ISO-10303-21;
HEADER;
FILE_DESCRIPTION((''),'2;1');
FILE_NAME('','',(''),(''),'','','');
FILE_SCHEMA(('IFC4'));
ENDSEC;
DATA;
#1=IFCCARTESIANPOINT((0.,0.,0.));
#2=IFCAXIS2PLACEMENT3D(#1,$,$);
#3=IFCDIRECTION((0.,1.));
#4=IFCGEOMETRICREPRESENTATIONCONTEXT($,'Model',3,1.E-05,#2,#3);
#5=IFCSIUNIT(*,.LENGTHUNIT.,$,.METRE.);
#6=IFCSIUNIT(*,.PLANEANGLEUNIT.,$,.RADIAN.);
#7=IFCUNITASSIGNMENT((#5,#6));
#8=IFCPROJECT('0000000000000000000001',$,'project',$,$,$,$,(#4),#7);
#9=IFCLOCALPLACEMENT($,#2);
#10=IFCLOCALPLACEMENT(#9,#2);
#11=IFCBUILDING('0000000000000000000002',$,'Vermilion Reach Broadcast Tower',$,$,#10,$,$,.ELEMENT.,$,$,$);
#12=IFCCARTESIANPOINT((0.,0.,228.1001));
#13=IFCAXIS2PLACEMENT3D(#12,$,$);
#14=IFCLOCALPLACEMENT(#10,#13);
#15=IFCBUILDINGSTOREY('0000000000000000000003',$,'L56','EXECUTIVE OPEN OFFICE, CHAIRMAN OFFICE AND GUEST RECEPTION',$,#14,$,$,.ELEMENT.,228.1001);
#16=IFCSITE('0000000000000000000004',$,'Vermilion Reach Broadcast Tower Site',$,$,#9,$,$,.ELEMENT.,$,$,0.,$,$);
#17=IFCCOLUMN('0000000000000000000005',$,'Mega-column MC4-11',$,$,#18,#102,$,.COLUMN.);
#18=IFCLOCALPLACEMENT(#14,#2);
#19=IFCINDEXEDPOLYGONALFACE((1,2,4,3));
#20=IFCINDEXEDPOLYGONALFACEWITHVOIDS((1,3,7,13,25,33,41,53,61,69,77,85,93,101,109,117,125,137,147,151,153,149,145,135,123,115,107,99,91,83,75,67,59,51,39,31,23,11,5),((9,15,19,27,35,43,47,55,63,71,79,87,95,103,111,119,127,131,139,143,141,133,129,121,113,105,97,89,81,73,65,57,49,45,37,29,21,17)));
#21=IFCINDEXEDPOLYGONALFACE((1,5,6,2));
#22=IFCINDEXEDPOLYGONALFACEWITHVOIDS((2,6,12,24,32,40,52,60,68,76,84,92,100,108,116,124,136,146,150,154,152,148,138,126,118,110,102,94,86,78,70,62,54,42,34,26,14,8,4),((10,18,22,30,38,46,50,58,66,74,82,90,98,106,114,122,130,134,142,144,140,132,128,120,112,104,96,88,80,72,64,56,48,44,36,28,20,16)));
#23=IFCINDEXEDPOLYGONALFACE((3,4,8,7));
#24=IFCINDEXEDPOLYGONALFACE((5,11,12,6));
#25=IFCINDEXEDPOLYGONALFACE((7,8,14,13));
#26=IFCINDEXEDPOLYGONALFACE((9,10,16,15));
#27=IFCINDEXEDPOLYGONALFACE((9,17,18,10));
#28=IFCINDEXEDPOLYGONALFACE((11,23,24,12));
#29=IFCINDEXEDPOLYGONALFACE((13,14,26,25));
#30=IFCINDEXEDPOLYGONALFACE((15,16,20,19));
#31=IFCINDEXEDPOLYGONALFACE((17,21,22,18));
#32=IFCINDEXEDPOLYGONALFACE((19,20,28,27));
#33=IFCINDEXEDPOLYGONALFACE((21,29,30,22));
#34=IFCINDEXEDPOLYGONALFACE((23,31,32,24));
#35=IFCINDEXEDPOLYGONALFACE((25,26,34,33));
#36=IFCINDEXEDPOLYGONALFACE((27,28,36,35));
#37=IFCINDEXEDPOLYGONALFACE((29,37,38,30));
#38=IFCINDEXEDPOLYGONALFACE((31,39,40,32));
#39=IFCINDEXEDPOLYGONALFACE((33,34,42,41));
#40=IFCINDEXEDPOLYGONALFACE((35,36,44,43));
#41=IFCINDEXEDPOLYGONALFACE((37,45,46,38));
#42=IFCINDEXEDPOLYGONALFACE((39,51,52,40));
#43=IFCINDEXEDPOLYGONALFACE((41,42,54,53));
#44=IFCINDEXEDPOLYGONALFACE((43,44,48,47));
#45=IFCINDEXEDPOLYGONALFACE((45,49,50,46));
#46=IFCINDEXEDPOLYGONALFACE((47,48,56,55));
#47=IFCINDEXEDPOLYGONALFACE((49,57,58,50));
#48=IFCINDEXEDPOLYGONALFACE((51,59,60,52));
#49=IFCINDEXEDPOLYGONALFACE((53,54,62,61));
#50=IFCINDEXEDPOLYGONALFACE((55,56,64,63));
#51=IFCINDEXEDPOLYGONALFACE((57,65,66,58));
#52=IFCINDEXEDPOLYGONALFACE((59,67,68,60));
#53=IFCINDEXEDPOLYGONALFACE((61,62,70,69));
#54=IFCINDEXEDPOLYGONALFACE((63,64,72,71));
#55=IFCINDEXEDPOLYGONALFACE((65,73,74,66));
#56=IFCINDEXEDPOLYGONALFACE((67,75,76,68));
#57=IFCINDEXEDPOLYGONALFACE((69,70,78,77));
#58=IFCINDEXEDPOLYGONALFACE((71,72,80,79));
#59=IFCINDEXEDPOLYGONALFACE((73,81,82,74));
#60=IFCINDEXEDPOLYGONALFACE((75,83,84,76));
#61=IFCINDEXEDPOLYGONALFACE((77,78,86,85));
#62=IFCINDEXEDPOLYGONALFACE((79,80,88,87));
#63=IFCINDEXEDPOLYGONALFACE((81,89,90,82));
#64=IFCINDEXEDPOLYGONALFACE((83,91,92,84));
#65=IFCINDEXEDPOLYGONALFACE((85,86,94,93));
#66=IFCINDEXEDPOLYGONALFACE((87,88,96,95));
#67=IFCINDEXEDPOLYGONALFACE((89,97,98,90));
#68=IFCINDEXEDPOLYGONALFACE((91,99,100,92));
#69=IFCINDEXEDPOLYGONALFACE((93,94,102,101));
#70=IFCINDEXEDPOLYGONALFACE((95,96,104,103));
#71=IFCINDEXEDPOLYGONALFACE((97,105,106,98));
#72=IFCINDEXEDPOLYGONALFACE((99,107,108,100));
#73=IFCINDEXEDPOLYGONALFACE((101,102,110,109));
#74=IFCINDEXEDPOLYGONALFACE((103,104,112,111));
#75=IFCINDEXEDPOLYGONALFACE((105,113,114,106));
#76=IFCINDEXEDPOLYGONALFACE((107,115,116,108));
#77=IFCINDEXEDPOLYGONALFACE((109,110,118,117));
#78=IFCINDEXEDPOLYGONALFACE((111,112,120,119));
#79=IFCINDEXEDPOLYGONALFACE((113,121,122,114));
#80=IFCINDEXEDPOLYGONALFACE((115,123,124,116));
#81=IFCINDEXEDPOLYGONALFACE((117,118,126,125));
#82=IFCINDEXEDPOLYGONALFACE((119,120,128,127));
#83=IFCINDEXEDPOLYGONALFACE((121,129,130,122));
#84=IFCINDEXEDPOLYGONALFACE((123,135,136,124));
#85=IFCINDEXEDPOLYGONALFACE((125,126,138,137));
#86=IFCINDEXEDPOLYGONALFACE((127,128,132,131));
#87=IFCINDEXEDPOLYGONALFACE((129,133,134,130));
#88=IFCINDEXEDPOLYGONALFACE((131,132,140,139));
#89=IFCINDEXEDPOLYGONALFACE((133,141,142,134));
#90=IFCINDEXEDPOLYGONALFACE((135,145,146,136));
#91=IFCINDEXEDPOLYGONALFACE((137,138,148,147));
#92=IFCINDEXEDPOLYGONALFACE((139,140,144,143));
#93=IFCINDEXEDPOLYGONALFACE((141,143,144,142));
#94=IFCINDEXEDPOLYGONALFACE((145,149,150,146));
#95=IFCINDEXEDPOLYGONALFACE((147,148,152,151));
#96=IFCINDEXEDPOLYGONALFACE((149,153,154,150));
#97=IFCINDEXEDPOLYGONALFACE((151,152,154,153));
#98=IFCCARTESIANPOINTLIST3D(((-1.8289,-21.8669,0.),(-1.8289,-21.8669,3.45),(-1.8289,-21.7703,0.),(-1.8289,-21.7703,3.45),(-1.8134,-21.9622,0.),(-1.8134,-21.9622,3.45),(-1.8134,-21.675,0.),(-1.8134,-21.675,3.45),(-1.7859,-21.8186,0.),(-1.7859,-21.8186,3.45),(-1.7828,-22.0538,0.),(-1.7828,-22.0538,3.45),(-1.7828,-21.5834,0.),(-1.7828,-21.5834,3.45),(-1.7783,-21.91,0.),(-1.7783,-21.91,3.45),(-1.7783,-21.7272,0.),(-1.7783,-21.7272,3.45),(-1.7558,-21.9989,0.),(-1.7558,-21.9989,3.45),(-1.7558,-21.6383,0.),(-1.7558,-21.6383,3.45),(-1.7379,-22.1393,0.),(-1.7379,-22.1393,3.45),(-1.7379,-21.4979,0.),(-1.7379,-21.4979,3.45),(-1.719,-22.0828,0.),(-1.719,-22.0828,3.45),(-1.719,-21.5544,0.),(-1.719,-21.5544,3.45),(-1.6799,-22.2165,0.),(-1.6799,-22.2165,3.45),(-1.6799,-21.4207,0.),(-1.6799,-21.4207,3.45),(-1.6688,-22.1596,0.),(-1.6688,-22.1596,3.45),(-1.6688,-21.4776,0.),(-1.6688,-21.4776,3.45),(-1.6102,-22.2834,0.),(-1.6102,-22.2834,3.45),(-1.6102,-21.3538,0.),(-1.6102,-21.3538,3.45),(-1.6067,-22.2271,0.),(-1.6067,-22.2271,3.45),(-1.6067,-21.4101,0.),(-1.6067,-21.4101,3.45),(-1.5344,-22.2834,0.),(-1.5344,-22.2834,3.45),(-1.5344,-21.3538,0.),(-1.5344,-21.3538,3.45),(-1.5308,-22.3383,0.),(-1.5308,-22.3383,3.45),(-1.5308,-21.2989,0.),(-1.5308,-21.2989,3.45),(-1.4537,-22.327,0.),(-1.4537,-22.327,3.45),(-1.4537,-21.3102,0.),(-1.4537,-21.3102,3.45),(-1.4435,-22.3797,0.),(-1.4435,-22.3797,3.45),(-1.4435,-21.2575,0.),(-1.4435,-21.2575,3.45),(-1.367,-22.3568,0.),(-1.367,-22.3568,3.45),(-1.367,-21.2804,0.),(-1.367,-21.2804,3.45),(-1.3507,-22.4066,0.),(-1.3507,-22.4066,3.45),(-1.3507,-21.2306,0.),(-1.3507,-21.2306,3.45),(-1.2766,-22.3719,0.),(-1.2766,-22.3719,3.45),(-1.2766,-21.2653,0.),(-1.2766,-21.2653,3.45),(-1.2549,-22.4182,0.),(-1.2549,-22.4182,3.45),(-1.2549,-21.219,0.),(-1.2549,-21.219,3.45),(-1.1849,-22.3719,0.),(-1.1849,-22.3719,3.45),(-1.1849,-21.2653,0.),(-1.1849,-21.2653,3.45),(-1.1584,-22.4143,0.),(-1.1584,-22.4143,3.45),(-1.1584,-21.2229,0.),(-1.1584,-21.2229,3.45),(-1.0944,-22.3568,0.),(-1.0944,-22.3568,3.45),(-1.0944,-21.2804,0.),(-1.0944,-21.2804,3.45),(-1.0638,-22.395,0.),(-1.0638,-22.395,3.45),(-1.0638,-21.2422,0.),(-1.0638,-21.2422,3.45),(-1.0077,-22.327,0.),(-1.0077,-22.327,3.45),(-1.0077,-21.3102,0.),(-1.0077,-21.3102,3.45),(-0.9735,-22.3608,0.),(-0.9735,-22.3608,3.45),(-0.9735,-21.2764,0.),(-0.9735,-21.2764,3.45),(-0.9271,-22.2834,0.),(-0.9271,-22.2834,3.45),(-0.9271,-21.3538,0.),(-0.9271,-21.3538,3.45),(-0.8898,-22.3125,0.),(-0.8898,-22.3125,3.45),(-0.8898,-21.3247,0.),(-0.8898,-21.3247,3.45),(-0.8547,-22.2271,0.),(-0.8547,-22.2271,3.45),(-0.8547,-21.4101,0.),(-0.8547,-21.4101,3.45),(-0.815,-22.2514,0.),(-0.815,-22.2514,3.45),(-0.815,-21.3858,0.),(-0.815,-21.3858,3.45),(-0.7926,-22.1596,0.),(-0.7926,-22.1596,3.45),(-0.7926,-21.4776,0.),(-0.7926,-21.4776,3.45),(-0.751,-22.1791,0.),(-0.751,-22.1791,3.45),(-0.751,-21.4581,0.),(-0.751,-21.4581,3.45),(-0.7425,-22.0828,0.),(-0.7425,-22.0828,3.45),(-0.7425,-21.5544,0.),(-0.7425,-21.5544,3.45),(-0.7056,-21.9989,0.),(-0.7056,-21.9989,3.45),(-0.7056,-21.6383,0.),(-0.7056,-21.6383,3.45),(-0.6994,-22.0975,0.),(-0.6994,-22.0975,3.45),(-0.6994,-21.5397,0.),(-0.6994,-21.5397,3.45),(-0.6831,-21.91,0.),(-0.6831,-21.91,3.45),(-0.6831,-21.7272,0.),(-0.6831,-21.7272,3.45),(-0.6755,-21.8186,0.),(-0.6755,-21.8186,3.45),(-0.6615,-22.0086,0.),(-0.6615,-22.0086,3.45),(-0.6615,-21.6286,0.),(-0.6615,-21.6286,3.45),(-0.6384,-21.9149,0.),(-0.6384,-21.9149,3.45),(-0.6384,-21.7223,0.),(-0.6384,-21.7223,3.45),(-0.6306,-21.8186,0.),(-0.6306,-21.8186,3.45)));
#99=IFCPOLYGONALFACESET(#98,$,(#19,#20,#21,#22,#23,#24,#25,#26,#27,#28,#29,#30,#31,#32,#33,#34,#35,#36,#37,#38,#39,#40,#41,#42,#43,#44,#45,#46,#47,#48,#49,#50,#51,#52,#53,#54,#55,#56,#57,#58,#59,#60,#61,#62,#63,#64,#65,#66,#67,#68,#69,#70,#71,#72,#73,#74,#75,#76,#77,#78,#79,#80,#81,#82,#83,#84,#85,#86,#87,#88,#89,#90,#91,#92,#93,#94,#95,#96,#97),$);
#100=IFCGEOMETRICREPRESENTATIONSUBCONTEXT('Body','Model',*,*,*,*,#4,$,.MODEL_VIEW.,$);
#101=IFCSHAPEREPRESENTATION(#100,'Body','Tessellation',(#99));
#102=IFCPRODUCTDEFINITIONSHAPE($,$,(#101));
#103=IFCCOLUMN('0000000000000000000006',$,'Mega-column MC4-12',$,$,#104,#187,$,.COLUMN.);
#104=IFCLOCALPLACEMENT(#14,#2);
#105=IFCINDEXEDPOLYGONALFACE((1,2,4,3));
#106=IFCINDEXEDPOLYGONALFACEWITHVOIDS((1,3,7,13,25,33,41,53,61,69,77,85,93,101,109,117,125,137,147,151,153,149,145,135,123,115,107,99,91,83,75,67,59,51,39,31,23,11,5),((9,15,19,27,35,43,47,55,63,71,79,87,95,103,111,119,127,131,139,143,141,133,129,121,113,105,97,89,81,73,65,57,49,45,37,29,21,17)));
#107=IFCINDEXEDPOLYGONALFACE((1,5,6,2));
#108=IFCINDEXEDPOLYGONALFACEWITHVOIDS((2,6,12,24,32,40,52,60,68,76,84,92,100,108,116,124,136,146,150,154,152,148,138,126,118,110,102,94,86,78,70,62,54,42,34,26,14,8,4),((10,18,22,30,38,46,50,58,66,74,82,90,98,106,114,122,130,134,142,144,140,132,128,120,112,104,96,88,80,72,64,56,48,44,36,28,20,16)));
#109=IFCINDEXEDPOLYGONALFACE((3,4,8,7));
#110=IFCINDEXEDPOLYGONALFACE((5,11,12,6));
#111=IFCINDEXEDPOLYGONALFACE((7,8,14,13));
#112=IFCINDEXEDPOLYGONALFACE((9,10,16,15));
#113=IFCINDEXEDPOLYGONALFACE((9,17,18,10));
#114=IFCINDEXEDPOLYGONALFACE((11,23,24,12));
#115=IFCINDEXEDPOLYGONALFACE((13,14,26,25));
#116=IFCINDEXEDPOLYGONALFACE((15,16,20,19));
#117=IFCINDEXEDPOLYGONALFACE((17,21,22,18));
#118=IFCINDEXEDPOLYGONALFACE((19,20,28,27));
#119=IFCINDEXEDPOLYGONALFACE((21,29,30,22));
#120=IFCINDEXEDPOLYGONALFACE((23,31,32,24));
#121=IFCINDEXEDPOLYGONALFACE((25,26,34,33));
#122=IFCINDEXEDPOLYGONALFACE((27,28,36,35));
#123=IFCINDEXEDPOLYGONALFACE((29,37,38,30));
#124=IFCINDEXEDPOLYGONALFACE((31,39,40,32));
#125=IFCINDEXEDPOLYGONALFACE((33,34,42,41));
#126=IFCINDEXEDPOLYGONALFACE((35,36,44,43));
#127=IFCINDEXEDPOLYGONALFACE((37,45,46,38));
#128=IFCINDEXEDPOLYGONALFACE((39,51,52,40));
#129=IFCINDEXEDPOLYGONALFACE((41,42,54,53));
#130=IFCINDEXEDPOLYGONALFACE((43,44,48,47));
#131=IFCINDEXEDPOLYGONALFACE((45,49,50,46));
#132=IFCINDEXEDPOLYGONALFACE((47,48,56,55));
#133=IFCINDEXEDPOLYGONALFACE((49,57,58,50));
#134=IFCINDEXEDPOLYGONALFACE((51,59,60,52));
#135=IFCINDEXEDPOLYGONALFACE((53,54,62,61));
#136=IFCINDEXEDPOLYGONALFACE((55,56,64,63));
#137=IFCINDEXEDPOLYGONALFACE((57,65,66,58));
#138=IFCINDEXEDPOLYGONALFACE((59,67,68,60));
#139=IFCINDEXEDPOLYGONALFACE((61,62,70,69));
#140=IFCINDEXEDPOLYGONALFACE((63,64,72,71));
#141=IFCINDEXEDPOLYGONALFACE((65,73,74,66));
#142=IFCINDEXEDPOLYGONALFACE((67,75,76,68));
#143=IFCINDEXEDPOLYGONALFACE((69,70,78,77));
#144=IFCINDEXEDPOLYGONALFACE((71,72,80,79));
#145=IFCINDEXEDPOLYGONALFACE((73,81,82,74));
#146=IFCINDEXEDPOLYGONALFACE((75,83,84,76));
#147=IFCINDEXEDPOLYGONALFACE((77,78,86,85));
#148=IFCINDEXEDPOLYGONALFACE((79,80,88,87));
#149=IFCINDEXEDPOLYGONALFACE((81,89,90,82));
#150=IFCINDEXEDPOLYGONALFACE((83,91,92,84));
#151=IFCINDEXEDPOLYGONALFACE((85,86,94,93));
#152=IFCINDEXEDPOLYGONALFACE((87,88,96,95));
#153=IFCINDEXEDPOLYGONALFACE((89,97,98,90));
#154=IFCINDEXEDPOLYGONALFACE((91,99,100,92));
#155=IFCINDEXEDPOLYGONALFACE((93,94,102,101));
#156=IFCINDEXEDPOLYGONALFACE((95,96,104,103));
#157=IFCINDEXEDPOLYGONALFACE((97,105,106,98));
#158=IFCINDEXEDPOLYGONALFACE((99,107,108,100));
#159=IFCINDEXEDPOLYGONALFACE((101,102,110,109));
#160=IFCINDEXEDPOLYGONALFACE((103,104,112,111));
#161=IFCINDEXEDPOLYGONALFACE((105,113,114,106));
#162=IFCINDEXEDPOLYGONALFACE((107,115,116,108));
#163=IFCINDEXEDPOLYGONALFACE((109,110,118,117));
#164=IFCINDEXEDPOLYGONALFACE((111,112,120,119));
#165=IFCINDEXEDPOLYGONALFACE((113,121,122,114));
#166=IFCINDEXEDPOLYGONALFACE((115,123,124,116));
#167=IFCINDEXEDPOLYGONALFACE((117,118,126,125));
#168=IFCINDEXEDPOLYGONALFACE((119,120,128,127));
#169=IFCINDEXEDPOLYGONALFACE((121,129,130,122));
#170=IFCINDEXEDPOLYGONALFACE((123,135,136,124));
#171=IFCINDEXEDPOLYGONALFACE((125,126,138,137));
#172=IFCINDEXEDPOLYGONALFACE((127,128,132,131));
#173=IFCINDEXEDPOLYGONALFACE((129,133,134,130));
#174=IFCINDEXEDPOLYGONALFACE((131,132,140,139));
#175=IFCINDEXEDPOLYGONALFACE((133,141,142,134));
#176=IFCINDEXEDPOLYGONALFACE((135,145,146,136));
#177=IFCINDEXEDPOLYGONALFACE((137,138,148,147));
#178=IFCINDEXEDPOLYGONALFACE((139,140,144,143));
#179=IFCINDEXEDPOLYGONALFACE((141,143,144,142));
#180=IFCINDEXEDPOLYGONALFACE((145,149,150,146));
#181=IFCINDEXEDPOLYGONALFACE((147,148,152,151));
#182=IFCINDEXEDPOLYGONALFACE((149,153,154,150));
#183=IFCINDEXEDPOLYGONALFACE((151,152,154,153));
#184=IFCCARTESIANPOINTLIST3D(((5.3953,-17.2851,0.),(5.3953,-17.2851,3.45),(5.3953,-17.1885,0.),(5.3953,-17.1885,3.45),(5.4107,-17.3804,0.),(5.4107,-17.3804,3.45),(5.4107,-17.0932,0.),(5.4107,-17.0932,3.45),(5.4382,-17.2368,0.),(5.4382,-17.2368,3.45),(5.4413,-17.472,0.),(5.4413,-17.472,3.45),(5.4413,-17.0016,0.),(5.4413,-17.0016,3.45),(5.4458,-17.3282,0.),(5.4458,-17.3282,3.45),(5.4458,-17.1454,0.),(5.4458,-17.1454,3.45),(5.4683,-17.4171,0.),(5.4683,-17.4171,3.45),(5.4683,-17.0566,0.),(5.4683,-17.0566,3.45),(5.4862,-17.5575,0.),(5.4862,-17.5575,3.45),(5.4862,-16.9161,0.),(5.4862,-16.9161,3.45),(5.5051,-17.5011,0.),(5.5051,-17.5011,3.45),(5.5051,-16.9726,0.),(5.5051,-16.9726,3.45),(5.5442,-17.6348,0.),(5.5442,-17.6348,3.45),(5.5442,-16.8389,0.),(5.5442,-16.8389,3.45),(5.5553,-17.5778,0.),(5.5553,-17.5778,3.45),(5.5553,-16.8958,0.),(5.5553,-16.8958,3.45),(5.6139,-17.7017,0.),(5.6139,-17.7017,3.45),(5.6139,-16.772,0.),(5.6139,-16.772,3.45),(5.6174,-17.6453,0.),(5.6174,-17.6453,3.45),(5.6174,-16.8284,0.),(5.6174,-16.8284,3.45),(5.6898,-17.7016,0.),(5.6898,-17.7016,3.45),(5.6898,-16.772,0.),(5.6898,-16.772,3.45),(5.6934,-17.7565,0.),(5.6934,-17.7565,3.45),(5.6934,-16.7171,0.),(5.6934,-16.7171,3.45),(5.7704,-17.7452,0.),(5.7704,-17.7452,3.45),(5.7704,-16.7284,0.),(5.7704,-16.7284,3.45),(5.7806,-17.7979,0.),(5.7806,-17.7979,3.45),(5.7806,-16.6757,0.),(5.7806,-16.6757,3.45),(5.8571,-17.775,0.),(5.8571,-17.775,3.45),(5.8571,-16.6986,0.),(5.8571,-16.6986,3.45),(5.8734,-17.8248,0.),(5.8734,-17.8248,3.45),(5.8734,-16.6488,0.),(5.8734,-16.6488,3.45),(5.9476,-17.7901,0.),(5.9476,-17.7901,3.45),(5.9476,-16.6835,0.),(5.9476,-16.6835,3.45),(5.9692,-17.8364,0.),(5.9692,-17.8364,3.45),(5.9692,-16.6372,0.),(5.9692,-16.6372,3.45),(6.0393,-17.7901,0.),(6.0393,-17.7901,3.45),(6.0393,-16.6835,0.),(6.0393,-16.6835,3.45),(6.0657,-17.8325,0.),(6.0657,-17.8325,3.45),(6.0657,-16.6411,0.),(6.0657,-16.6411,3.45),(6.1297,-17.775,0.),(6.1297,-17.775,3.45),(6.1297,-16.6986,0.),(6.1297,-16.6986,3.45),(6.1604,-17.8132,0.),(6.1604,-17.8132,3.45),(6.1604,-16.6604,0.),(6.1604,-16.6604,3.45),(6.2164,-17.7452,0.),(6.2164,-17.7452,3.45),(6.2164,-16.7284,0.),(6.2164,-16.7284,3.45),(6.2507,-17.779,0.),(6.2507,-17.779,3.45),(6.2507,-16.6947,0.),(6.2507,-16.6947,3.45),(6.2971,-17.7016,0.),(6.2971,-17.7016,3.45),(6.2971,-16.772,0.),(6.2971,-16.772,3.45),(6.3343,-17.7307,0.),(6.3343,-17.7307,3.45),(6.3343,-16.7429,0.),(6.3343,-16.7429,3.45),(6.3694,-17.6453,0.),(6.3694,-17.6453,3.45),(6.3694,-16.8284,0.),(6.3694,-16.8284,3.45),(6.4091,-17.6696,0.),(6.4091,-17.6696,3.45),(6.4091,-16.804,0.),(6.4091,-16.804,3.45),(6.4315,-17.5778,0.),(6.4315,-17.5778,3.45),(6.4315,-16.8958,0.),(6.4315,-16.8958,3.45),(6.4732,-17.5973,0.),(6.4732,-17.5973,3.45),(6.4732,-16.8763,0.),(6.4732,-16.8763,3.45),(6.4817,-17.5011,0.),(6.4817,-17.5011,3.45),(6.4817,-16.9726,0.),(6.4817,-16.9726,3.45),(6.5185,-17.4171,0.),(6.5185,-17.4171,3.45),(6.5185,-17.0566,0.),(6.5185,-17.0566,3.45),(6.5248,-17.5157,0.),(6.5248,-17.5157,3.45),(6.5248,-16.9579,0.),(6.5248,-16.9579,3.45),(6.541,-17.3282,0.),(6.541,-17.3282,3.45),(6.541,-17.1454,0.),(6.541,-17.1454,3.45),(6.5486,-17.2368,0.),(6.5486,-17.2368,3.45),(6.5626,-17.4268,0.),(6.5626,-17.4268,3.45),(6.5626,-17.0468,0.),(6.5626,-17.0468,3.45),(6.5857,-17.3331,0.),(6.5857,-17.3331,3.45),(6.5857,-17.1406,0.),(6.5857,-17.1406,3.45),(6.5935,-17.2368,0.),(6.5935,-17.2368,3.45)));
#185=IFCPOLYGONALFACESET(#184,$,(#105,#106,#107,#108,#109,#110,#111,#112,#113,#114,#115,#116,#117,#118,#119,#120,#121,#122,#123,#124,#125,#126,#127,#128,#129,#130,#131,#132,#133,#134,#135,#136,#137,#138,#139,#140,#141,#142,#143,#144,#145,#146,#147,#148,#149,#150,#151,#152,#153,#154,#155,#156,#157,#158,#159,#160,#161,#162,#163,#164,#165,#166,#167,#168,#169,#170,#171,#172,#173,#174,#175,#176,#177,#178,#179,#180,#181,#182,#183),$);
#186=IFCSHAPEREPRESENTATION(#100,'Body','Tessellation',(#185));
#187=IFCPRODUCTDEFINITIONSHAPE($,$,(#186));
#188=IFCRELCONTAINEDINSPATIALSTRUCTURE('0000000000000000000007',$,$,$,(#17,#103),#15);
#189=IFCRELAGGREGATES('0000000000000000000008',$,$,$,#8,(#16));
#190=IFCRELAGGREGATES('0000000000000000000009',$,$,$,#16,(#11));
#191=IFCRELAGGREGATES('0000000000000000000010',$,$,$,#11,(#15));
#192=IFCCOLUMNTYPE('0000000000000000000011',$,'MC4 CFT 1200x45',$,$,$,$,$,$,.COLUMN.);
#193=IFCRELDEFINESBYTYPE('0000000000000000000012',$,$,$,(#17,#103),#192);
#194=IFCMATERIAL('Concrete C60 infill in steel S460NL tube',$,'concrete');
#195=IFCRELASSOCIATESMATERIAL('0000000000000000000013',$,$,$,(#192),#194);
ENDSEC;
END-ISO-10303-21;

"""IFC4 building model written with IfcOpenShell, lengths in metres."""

from ifc_helpers import new_model, si_unit, direction, frame, origin, origin_2d, place, context, subcontext, project, spatial, hollow_circle, extrude, material, material_profile, profile_set, type_object, element, save


model = new_model("IFC4")

# Units and contexts
model_context = context("Model", 3, precision=1e-05, world=origin(), true_north=direction((0.0, 1.0)))
body_context = subcontext(model_context, "Body", "Model", "MODEL_VIEW")
ifc_project = project(units=[si_unit("LENGTHUNIT", "METRE"), si_unit("PLANEANGLEUNIT", "RADIAN")], contexts=[model_context])

# Site, building, storey
site_placement = place(None, origin())
site = spatial("IfcSite", under=ifc_project, at=site_placement, Name="Vermilion Reach Broadcast Tower Site", CompositionType="ELEMENT", RefElevation=0.0)
building_placement = place(site_placement, origin())
building = spatial("IfcBuilding", under=site, at=building_placement, Name="Vermilion Reach Broadcast Tower", CompositionType="ELEMENT")
storey_placement = place(building_placement, frame((0.0, 0.0, 228.1001)))
storey = spatial("IfcBuildingStorey", under=building, at=storey_placement, Name="L56", Description="EXECUTIVE OPEN OFFICE, CHAIRMAN OFFICE AND GUEST RECEPTION", CompositionType="ELEMENT", Elevation=228.1001)

# Columns
ifc_material_1 = material(Name="Concrete C60 infill in steel S460NL tube", Category="concrete")
ifc_material_profile_1 = material_profile(ifc_material_1, hollow_circle(Radius=0.6001, WallThickness=0.0449, at=origin_2d()), Name="Concrete C60 infill in steel S460NL tube CFT 1200x45")
ifc_profile_set_1 = profile_set([ifc_material_profile_1], Name="Concrete C60 infill in steel S460NL tube")
column_type = type_object("IfcColumnType", Name="MC4 CFT 1200x45", PredefinedType="COLUMN", material=ifc_profile_set_1)
for number, where, z_axis, x_axis, name in (
    (1, (-1.2307, -21.8186, 0.0), (0.0, 0.0, 1.0), (1.0, 0.0, 0.0), "Mega-column MC4-11"),
    (2, (5.9934, -17.2368, 0.0), (0.0, 0.0, 1.0), (1.0, 0.0, 0.0), "Mega-column MC4-12"),
):
    element("IfcColumn", number, at=place(storey_placement, frame(where, z_axis=z_axis, x_axis=x_axis)), inside=storey, type_object=column_type, Name=name, PredefinedType="COLUMN", context=body_context, shape_type="SweptSolid", body=[
        extrude(hollow_circle(Radius=0.6001, WallThickness=0.0449, at=origin_2d()), origin(), (0.0, 0.0, 1.0), 3.45),
    ])

save(model, "model.ifc")
